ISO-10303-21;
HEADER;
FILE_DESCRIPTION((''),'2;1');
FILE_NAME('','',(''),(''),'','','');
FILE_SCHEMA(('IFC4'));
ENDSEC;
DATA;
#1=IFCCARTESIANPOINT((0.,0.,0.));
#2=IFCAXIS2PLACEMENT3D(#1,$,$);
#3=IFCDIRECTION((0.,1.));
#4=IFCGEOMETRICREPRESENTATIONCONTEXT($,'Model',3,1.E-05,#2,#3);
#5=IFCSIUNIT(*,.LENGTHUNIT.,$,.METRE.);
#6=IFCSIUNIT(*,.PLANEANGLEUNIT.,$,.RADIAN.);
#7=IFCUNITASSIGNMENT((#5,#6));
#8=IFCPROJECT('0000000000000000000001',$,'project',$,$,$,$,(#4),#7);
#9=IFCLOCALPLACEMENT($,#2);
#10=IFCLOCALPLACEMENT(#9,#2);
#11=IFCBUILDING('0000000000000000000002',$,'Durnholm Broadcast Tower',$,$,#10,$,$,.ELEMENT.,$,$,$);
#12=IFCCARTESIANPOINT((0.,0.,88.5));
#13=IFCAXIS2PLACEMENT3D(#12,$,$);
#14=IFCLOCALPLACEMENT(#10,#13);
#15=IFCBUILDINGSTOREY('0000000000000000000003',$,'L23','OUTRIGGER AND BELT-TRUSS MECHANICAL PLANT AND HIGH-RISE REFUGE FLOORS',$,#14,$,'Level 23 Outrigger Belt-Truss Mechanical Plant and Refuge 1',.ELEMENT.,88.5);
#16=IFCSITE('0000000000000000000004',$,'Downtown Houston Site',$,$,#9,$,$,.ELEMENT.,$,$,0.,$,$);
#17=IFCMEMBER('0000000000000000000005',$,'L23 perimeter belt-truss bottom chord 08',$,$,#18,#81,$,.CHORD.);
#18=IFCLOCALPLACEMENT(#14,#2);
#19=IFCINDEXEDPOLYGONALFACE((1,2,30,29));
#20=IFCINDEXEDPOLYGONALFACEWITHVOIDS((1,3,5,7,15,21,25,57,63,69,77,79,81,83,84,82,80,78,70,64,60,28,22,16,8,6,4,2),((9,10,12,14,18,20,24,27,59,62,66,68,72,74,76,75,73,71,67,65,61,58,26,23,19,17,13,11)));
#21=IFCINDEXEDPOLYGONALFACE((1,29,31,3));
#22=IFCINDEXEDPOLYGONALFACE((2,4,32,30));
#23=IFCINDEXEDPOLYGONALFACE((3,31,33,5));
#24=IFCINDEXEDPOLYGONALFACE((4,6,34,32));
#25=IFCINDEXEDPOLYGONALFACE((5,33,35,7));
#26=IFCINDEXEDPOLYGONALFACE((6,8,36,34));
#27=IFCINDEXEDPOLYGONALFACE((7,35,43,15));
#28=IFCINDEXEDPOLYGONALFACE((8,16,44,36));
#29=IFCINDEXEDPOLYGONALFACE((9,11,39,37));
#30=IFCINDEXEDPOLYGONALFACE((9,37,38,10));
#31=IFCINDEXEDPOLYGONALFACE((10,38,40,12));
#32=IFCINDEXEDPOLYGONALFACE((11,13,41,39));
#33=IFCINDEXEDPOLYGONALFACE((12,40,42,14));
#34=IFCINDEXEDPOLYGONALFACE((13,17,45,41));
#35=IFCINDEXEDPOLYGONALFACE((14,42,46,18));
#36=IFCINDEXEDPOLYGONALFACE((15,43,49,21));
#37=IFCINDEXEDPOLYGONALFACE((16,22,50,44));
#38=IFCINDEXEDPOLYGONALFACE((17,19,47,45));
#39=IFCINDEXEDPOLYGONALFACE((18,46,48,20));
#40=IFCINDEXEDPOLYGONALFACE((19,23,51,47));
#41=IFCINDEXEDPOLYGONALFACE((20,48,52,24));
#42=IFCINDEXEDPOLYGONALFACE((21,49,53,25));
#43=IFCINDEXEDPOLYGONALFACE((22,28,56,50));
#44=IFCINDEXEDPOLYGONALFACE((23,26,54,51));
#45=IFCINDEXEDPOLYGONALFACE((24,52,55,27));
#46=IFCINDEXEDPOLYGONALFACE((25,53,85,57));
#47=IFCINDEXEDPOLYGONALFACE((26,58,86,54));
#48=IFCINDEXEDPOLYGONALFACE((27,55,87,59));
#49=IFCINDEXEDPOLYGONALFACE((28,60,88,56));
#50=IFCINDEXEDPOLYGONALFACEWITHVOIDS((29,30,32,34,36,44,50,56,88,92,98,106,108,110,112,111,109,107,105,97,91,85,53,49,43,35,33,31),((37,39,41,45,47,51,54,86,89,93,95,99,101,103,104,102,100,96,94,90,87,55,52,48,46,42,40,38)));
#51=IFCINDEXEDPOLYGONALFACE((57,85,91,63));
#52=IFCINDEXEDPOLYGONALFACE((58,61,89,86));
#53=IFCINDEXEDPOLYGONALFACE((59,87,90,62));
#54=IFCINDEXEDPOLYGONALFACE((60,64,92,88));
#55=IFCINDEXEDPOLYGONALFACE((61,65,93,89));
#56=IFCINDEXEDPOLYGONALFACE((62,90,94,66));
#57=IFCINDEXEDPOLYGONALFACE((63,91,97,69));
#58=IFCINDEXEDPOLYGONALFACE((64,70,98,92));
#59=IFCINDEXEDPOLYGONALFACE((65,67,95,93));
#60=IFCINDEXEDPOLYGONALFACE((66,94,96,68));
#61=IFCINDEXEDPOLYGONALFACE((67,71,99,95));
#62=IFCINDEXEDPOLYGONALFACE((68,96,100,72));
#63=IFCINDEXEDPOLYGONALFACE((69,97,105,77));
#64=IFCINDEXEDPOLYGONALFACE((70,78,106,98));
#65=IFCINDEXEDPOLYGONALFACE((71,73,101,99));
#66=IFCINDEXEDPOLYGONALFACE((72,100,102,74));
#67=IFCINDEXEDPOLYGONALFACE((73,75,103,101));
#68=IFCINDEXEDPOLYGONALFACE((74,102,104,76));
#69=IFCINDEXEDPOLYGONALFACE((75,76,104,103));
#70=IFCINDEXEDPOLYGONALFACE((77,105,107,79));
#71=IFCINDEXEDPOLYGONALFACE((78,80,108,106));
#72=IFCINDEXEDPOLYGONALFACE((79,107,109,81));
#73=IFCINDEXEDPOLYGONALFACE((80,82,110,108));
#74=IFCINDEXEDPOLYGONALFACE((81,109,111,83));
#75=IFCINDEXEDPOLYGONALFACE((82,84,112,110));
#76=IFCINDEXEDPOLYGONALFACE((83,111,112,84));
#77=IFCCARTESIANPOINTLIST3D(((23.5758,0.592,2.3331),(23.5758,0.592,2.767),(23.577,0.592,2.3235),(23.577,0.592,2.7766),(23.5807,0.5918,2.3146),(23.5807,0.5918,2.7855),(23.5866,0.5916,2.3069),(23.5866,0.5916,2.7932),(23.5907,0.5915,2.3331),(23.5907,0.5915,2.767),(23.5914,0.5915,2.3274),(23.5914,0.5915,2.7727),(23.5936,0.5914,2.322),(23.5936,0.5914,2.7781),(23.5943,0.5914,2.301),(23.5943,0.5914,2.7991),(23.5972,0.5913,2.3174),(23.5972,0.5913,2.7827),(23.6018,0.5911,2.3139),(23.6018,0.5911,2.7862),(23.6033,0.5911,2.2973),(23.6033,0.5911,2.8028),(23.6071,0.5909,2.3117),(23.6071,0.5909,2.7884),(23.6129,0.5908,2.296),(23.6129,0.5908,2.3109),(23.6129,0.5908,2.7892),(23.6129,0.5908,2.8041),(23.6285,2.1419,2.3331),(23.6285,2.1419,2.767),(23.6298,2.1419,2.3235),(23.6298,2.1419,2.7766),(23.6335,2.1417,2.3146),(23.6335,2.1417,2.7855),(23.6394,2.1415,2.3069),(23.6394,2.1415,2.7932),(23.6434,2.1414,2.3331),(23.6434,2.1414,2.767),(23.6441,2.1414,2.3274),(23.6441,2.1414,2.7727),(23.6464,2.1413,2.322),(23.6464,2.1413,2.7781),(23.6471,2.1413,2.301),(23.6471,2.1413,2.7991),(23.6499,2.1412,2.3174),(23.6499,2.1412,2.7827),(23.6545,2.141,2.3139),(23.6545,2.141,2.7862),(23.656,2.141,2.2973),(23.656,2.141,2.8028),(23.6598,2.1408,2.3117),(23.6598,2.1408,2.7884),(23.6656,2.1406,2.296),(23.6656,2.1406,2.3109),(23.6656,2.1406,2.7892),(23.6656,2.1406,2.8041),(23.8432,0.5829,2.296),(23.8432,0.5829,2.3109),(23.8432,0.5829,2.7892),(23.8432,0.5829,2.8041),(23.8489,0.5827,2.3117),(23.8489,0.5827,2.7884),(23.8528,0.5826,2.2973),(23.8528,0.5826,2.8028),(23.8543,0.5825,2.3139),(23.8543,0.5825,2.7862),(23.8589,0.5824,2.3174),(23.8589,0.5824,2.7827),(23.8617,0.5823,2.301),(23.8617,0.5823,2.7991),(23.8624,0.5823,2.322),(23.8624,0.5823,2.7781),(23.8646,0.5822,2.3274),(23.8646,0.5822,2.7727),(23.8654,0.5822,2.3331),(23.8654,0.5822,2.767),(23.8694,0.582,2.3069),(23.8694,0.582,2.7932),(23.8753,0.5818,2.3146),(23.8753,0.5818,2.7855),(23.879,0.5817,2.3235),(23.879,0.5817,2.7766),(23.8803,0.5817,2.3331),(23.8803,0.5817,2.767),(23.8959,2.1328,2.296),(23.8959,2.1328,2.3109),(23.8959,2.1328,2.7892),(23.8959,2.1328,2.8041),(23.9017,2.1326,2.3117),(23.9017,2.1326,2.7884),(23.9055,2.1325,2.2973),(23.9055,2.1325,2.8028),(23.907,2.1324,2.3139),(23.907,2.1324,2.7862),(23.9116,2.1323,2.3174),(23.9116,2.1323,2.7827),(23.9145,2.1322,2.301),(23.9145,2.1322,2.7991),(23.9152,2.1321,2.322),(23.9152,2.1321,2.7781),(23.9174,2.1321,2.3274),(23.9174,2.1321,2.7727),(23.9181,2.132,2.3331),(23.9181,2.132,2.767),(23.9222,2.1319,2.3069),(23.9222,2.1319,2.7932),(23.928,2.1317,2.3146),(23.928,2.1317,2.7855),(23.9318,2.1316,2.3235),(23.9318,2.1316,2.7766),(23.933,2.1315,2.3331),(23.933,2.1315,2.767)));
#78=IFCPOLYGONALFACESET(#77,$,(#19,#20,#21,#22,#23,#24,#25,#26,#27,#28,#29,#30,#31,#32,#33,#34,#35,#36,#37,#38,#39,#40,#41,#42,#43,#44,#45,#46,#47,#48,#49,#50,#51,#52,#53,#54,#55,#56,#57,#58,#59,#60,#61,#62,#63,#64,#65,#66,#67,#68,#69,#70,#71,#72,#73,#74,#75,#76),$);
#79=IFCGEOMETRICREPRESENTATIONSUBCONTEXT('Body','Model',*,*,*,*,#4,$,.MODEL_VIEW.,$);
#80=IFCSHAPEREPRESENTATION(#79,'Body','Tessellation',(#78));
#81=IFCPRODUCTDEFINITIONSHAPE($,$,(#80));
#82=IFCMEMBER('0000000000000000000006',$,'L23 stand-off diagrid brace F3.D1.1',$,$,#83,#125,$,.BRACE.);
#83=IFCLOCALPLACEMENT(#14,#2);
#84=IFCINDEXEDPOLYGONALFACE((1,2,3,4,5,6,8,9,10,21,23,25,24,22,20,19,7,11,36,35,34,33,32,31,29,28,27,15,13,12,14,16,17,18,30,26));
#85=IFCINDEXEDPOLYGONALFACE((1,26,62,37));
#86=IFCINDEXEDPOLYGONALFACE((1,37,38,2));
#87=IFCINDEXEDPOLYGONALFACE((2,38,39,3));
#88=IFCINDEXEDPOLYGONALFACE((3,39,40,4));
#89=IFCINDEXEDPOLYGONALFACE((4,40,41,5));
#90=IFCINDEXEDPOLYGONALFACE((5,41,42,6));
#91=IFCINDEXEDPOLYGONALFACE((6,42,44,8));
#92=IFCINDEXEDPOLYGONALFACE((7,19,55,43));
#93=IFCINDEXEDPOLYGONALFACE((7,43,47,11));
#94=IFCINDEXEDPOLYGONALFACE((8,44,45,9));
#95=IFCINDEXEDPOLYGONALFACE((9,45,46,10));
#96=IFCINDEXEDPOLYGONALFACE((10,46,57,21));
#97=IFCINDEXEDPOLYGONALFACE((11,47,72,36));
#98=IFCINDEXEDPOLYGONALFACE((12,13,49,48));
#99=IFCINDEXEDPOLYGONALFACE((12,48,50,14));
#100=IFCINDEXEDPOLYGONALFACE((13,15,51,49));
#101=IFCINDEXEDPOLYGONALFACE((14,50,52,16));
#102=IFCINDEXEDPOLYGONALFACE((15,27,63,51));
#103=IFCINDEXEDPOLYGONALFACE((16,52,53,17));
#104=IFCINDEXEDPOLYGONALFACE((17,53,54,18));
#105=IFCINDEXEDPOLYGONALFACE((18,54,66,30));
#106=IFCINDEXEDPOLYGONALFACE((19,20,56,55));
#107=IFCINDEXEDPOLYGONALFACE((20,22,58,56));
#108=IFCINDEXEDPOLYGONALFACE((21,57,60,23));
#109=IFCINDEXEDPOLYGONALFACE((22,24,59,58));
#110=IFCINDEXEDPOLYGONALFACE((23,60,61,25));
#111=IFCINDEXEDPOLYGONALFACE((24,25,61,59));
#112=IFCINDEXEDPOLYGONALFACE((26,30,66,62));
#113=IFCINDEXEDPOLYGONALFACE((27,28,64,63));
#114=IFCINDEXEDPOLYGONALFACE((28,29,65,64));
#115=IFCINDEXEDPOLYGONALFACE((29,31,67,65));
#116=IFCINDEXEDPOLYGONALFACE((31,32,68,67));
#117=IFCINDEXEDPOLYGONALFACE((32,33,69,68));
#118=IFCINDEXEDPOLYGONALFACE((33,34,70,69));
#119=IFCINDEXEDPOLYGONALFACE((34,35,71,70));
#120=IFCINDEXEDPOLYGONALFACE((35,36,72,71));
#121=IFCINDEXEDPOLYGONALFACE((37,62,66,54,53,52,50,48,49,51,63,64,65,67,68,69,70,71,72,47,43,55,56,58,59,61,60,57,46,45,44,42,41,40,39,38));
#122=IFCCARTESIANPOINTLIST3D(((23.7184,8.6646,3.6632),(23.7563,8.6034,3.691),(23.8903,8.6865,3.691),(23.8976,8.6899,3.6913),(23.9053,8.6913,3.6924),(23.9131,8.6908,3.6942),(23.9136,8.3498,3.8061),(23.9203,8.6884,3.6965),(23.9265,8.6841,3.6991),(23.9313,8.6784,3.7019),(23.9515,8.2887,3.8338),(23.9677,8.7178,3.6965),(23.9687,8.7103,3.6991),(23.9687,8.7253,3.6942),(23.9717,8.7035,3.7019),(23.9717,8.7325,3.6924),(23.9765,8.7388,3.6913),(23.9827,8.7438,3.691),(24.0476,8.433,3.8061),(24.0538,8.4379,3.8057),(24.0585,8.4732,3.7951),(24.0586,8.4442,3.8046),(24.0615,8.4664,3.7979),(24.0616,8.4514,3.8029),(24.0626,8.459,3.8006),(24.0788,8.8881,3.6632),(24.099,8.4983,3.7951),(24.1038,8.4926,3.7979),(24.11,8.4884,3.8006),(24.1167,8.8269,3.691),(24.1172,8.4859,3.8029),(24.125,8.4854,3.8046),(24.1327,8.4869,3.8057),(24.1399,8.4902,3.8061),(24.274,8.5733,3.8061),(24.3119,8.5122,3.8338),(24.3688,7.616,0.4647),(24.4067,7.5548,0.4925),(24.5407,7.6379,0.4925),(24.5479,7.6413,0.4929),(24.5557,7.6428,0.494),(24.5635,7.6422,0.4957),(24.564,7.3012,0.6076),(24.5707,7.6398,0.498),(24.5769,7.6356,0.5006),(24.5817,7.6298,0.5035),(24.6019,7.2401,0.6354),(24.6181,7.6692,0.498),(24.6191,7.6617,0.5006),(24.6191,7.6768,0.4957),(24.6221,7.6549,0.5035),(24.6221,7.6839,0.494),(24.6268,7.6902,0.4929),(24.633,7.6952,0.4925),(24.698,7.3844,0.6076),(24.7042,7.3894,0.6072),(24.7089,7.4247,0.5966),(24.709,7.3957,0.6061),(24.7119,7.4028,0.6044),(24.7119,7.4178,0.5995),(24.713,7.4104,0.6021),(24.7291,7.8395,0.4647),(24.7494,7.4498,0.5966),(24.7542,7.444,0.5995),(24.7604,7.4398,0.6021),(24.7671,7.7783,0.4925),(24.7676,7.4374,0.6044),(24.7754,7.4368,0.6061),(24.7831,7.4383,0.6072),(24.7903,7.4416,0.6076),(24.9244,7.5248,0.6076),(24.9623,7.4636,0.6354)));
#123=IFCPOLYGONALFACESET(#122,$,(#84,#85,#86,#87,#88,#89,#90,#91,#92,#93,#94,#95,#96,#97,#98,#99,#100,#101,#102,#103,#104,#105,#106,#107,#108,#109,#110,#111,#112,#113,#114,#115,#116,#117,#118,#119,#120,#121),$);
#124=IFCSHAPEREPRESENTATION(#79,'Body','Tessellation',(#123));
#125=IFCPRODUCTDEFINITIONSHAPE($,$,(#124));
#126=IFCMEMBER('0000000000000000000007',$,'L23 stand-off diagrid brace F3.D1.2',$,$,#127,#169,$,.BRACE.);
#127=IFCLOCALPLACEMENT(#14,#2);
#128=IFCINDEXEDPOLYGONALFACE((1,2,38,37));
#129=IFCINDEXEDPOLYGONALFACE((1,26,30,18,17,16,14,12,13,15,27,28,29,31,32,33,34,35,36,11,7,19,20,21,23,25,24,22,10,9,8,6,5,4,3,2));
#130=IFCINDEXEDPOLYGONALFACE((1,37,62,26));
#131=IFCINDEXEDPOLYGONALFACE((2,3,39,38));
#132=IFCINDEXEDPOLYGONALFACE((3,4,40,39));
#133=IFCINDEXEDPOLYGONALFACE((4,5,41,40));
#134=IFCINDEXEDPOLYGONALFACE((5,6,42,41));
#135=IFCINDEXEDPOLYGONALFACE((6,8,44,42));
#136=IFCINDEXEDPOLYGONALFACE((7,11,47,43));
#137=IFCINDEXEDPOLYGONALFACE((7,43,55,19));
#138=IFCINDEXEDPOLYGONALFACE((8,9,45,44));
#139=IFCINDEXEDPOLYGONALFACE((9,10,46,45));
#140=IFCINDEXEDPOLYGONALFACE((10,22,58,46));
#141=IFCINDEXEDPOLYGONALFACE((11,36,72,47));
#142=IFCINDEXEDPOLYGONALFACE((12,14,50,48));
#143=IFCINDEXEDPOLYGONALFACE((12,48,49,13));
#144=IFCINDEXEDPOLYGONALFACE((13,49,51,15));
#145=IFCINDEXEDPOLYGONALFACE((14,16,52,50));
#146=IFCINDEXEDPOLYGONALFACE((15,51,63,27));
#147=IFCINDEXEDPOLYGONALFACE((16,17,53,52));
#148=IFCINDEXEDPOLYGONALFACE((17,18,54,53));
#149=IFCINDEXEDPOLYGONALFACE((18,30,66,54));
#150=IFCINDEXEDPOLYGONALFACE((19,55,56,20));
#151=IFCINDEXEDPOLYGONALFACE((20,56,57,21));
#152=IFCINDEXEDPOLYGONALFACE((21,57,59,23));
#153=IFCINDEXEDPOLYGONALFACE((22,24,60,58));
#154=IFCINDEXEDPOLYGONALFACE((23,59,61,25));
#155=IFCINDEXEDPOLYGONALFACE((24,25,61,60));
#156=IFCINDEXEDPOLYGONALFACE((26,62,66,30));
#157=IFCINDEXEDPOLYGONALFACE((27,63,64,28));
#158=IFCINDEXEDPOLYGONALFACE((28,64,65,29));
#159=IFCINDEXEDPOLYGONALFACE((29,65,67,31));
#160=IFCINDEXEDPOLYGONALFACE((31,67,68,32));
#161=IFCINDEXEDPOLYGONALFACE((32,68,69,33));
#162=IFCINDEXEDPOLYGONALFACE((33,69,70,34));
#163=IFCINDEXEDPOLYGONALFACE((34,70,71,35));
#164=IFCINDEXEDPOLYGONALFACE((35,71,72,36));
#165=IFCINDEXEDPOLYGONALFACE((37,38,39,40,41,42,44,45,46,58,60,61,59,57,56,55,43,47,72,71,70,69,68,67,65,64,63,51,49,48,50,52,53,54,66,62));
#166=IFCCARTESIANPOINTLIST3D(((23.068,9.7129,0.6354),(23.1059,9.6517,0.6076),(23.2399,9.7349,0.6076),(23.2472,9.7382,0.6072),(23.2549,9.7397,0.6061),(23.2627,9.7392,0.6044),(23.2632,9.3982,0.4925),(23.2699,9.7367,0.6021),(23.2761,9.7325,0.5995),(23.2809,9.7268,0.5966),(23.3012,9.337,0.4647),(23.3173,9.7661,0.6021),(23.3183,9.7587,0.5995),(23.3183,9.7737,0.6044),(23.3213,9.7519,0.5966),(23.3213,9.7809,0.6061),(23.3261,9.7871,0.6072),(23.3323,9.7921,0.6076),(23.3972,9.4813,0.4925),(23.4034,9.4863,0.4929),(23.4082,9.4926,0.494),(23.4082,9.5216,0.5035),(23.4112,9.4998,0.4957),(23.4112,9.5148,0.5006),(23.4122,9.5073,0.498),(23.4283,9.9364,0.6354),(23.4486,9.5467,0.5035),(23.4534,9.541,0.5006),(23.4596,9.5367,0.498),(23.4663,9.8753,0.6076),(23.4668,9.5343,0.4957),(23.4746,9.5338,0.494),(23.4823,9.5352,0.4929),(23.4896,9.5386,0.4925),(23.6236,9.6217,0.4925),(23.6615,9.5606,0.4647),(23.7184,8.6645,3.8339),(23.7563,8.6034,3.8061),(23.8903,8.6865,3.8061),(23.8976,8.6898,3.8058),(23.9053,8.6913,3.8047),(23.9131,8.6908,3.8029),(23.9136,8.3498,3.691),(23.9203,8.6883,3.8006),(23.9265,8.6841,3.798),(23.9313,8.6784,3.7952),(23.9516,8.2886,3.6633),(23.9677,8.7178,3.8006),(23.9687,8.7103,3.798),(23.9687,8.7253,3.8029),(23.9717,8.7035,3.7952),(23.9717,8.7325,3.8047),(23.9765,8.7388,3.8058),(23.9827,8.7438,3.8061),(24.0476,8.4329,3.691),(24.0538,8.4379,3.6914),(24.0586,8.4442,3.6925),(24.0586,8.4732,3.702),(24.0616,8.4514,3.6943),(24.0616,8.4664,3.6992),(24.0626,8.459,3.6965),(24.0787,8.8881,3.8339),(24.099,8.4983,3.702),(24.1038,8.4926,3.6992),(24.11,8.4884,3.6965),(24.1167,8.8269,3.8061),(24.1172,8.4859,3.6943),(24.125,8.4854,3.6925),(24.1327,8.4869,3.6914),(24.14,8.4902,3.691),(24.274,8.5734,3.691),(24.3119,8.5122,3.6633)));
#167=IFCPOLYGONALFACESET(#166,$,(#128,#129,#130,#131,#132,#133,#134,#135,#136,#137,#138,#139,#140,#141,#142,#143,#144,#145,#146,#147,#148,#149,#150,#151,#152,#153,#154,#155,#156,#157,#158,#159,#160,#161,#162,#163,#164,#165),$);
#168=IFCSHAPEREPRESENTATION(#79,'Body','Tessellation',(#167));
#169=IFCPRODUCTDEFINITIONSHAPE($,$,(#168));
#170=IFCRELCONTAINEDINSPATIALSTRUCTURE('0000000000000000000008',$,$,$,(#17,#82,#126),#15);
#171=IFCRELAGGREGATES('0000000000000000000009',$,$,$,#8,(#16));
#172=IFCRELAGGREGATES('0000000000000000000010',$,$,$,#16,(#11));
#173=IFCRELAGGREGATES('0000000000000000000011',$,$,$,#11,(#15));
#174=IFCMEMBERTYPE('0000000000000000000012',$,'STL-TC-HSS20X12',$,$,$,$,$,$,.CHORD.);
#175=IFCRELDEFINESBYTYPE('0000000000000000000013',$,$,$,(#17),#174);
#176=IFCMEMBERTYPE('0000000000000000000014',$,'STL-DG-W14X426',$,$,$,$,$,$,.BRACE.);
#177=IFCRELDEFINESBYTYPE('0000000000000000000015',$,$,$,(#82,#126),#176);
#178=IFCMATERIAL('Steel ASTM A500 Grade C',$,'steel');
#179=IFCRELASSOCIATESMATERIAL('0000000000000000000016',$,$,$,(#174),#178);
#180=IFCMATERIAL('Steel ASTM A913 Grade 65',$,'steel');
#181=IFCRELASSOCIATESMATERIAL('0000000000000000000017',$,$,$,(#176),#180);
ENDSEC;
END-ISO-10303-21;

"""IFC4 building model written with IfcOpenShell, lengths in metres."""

from ifc_helpers import new_model, si_unit, direction, frame, origin, origin_2d, place, context, subcontext, project, spatial, hollow_rectangle, i_section, extrude, source, transform, mapped, material, material_profile, profile_set, type_object, type_shapes, element, save


model = new_model("IFC4")

# Units and contexts
model_context = context("Model", 3, precision=1e-05, world=origin(), true_north=direction((0.0, 1.0)))
body_context = subcontext(model_context, "Body", "Model", "MODEL_VIEW")
ifc_project = project(units=[si_unit("LENGTHUNIT", "METRE"), si_unit("PLANEANGLEUNIT", "RADIAN")], contexts=[model_context])

# Site, building, storey
site_placement = place(None, origin())
site = spatial("IfcSite", under=ifc_project, at=site_placement, Name="Downtown Houston Site", CompositionType="ELEMENT", RefElevation=0.0)
building_placement = place(site_placement, origin())
building = spatial("IfcBuilding", under=site, at=building_placement, Name="Durnholm Broadcast Tower", CompositionType="ELEMENT")
storey_placement = place(building_placement, frame((0.0, 0.0, 88.5)))
storey = spatial("IfcBuildingStorey", under=building, at=storey_placement, Name="L23", Description="OUTRIGGER AND BELT-TRUSS MECHANICAL PLANT AND HIGH-RISE REFUGE FLOORS", LongName="Level 23 Outrigger Belt-Truss Mechanical Plant and Refuge 1", CompositionType="ELEMENT", Elevation=88.5)

# Members
ifc_material_1 = material(Name="Steel ASTM A500 Grade C", Category="steel")
ifc_material_profile_1 = material_profile(ifc_material_1, hollow_rectangle(XDim=0.3047, YDim=0.5081, WallThickness=0.0149, InnerFilletRadius=0.0222, OuterFilletRadius=0.0371, at=origin_2d()), Name="HSS20X12X5/8")
ifc_profile_set_1 = profile_set([ifc_material_profile_1], Name="Steel ASTM A500 Grade C")
member_type_1 = type_object("IfcMemberType", Name="STL-TC-HSS20X12", PredefinedType="CHORD", material=ifc_profile_set_1)
shared_shape_1 = source(origin(), body_context, "Body", "SweptSolid", [
    extrude(hollow_rectangle(XDim=0.3047, YDim=0.5081, WallThickness=0.0149, InnerFilletRadius=0.0222, OuterFilletRadius=0.0371, at=origin_2d()), origin(), (0.0, 0.0, 1.0), 1.5508),
])
type_shapes(member_type_1, [shared_shape_1])
member_1_placement = place(storey_placement, frame((23.7808, 2.1367, 2.55), z_axis=(-0.034007, -0.999422, 0.0), x_axis=(0.999422, -0.034007, 0.0)))
element("IfcMember", 1, at=member_1_placement, inside=storey, type_object=member_type_1, Name="L23 perimeter belt-truss bottom chord 08", PredefinedType="CHORD", context=body_context, shape_type="MappedRepresentation", body=[
    mapped(shared_shape_1, transform((0.0, 0.0, 0.0), x_axis=(1.0, 0.0, 0.0), y_axis=(0.0, 1.0, 0.0), z_axis=(0.0, 0.0, 1.0), scale=1.0)),
])
ifc_material_2 = material(Name="Steel ASTM A913 Grade 65", Category="steel")
ifc_material_profile_2 = material_profile(ifc_material_2, i_section(OverallWidth=0.4241, OverallDepth=0.4741, WebThickness=0.0476, FlangeThickness=0.0771, FilletRadius=0.0305, at=origin_2d()), Name="W14X426")
ifc_profile_set_2 = profile_set([ifc_material_profile_2], Name="Steel ASTM A913 Grade 65")
member_type_2 = type_object("IfcMemberType", Name="STL-DG-W14X426", PredefinedType="BRACE", material=ifc_profile_set_2)
shared_shape_2 = source(origin(), body_context, "Body", "SweptSolid", [
    extrude(i_section(OverallWidth=0.4241, OverallDepth=0.4741, WebThickness=0.0476, FlangeThickness=0.0771, FilletRadius=0.0305, at=origin_2d()), origin(), (0.0, 0.0, 1.0), 3.4282),
])
type_shapes(member_type_2, [shared_shape_2])
for number, where, z_axis, x_axis, name in (
    (2, (24.6655, 7.5398, 0.55), (-0.189715, 0.305866, 0.932981), (-0.849805, -0.527097, 0.0), "L23 stand-off diagrid brace F3.D1.1"),
    (3, (23.3647, 9.6367, 0.55), (0.18972, -0.305802, 0.933001), (0.84975, 0.527186, 0.0), "L23 stand-off diagrid brace F3.D1.2"),
):
    element("IfcMember", number, at=place(storey_placement, frame(where, z_axis=z_axis, x_axis=x_axis)), inside=storey, type_object=member_type_2, Name=name, PredefinedType="BRACE", context=body_context, shape_type="MappedRepresentation", body=[
        mapped(shared_shape_2, transform((0.0, 0.0, 0.0), x_axis=(1.0, 0.0, 0.0), y_axis=(0.0, 1.0, 0.0), z_axis=(0.0, 0.0, 1.0), scale=1.0)),
    ])

save(model, "model.ifc")
